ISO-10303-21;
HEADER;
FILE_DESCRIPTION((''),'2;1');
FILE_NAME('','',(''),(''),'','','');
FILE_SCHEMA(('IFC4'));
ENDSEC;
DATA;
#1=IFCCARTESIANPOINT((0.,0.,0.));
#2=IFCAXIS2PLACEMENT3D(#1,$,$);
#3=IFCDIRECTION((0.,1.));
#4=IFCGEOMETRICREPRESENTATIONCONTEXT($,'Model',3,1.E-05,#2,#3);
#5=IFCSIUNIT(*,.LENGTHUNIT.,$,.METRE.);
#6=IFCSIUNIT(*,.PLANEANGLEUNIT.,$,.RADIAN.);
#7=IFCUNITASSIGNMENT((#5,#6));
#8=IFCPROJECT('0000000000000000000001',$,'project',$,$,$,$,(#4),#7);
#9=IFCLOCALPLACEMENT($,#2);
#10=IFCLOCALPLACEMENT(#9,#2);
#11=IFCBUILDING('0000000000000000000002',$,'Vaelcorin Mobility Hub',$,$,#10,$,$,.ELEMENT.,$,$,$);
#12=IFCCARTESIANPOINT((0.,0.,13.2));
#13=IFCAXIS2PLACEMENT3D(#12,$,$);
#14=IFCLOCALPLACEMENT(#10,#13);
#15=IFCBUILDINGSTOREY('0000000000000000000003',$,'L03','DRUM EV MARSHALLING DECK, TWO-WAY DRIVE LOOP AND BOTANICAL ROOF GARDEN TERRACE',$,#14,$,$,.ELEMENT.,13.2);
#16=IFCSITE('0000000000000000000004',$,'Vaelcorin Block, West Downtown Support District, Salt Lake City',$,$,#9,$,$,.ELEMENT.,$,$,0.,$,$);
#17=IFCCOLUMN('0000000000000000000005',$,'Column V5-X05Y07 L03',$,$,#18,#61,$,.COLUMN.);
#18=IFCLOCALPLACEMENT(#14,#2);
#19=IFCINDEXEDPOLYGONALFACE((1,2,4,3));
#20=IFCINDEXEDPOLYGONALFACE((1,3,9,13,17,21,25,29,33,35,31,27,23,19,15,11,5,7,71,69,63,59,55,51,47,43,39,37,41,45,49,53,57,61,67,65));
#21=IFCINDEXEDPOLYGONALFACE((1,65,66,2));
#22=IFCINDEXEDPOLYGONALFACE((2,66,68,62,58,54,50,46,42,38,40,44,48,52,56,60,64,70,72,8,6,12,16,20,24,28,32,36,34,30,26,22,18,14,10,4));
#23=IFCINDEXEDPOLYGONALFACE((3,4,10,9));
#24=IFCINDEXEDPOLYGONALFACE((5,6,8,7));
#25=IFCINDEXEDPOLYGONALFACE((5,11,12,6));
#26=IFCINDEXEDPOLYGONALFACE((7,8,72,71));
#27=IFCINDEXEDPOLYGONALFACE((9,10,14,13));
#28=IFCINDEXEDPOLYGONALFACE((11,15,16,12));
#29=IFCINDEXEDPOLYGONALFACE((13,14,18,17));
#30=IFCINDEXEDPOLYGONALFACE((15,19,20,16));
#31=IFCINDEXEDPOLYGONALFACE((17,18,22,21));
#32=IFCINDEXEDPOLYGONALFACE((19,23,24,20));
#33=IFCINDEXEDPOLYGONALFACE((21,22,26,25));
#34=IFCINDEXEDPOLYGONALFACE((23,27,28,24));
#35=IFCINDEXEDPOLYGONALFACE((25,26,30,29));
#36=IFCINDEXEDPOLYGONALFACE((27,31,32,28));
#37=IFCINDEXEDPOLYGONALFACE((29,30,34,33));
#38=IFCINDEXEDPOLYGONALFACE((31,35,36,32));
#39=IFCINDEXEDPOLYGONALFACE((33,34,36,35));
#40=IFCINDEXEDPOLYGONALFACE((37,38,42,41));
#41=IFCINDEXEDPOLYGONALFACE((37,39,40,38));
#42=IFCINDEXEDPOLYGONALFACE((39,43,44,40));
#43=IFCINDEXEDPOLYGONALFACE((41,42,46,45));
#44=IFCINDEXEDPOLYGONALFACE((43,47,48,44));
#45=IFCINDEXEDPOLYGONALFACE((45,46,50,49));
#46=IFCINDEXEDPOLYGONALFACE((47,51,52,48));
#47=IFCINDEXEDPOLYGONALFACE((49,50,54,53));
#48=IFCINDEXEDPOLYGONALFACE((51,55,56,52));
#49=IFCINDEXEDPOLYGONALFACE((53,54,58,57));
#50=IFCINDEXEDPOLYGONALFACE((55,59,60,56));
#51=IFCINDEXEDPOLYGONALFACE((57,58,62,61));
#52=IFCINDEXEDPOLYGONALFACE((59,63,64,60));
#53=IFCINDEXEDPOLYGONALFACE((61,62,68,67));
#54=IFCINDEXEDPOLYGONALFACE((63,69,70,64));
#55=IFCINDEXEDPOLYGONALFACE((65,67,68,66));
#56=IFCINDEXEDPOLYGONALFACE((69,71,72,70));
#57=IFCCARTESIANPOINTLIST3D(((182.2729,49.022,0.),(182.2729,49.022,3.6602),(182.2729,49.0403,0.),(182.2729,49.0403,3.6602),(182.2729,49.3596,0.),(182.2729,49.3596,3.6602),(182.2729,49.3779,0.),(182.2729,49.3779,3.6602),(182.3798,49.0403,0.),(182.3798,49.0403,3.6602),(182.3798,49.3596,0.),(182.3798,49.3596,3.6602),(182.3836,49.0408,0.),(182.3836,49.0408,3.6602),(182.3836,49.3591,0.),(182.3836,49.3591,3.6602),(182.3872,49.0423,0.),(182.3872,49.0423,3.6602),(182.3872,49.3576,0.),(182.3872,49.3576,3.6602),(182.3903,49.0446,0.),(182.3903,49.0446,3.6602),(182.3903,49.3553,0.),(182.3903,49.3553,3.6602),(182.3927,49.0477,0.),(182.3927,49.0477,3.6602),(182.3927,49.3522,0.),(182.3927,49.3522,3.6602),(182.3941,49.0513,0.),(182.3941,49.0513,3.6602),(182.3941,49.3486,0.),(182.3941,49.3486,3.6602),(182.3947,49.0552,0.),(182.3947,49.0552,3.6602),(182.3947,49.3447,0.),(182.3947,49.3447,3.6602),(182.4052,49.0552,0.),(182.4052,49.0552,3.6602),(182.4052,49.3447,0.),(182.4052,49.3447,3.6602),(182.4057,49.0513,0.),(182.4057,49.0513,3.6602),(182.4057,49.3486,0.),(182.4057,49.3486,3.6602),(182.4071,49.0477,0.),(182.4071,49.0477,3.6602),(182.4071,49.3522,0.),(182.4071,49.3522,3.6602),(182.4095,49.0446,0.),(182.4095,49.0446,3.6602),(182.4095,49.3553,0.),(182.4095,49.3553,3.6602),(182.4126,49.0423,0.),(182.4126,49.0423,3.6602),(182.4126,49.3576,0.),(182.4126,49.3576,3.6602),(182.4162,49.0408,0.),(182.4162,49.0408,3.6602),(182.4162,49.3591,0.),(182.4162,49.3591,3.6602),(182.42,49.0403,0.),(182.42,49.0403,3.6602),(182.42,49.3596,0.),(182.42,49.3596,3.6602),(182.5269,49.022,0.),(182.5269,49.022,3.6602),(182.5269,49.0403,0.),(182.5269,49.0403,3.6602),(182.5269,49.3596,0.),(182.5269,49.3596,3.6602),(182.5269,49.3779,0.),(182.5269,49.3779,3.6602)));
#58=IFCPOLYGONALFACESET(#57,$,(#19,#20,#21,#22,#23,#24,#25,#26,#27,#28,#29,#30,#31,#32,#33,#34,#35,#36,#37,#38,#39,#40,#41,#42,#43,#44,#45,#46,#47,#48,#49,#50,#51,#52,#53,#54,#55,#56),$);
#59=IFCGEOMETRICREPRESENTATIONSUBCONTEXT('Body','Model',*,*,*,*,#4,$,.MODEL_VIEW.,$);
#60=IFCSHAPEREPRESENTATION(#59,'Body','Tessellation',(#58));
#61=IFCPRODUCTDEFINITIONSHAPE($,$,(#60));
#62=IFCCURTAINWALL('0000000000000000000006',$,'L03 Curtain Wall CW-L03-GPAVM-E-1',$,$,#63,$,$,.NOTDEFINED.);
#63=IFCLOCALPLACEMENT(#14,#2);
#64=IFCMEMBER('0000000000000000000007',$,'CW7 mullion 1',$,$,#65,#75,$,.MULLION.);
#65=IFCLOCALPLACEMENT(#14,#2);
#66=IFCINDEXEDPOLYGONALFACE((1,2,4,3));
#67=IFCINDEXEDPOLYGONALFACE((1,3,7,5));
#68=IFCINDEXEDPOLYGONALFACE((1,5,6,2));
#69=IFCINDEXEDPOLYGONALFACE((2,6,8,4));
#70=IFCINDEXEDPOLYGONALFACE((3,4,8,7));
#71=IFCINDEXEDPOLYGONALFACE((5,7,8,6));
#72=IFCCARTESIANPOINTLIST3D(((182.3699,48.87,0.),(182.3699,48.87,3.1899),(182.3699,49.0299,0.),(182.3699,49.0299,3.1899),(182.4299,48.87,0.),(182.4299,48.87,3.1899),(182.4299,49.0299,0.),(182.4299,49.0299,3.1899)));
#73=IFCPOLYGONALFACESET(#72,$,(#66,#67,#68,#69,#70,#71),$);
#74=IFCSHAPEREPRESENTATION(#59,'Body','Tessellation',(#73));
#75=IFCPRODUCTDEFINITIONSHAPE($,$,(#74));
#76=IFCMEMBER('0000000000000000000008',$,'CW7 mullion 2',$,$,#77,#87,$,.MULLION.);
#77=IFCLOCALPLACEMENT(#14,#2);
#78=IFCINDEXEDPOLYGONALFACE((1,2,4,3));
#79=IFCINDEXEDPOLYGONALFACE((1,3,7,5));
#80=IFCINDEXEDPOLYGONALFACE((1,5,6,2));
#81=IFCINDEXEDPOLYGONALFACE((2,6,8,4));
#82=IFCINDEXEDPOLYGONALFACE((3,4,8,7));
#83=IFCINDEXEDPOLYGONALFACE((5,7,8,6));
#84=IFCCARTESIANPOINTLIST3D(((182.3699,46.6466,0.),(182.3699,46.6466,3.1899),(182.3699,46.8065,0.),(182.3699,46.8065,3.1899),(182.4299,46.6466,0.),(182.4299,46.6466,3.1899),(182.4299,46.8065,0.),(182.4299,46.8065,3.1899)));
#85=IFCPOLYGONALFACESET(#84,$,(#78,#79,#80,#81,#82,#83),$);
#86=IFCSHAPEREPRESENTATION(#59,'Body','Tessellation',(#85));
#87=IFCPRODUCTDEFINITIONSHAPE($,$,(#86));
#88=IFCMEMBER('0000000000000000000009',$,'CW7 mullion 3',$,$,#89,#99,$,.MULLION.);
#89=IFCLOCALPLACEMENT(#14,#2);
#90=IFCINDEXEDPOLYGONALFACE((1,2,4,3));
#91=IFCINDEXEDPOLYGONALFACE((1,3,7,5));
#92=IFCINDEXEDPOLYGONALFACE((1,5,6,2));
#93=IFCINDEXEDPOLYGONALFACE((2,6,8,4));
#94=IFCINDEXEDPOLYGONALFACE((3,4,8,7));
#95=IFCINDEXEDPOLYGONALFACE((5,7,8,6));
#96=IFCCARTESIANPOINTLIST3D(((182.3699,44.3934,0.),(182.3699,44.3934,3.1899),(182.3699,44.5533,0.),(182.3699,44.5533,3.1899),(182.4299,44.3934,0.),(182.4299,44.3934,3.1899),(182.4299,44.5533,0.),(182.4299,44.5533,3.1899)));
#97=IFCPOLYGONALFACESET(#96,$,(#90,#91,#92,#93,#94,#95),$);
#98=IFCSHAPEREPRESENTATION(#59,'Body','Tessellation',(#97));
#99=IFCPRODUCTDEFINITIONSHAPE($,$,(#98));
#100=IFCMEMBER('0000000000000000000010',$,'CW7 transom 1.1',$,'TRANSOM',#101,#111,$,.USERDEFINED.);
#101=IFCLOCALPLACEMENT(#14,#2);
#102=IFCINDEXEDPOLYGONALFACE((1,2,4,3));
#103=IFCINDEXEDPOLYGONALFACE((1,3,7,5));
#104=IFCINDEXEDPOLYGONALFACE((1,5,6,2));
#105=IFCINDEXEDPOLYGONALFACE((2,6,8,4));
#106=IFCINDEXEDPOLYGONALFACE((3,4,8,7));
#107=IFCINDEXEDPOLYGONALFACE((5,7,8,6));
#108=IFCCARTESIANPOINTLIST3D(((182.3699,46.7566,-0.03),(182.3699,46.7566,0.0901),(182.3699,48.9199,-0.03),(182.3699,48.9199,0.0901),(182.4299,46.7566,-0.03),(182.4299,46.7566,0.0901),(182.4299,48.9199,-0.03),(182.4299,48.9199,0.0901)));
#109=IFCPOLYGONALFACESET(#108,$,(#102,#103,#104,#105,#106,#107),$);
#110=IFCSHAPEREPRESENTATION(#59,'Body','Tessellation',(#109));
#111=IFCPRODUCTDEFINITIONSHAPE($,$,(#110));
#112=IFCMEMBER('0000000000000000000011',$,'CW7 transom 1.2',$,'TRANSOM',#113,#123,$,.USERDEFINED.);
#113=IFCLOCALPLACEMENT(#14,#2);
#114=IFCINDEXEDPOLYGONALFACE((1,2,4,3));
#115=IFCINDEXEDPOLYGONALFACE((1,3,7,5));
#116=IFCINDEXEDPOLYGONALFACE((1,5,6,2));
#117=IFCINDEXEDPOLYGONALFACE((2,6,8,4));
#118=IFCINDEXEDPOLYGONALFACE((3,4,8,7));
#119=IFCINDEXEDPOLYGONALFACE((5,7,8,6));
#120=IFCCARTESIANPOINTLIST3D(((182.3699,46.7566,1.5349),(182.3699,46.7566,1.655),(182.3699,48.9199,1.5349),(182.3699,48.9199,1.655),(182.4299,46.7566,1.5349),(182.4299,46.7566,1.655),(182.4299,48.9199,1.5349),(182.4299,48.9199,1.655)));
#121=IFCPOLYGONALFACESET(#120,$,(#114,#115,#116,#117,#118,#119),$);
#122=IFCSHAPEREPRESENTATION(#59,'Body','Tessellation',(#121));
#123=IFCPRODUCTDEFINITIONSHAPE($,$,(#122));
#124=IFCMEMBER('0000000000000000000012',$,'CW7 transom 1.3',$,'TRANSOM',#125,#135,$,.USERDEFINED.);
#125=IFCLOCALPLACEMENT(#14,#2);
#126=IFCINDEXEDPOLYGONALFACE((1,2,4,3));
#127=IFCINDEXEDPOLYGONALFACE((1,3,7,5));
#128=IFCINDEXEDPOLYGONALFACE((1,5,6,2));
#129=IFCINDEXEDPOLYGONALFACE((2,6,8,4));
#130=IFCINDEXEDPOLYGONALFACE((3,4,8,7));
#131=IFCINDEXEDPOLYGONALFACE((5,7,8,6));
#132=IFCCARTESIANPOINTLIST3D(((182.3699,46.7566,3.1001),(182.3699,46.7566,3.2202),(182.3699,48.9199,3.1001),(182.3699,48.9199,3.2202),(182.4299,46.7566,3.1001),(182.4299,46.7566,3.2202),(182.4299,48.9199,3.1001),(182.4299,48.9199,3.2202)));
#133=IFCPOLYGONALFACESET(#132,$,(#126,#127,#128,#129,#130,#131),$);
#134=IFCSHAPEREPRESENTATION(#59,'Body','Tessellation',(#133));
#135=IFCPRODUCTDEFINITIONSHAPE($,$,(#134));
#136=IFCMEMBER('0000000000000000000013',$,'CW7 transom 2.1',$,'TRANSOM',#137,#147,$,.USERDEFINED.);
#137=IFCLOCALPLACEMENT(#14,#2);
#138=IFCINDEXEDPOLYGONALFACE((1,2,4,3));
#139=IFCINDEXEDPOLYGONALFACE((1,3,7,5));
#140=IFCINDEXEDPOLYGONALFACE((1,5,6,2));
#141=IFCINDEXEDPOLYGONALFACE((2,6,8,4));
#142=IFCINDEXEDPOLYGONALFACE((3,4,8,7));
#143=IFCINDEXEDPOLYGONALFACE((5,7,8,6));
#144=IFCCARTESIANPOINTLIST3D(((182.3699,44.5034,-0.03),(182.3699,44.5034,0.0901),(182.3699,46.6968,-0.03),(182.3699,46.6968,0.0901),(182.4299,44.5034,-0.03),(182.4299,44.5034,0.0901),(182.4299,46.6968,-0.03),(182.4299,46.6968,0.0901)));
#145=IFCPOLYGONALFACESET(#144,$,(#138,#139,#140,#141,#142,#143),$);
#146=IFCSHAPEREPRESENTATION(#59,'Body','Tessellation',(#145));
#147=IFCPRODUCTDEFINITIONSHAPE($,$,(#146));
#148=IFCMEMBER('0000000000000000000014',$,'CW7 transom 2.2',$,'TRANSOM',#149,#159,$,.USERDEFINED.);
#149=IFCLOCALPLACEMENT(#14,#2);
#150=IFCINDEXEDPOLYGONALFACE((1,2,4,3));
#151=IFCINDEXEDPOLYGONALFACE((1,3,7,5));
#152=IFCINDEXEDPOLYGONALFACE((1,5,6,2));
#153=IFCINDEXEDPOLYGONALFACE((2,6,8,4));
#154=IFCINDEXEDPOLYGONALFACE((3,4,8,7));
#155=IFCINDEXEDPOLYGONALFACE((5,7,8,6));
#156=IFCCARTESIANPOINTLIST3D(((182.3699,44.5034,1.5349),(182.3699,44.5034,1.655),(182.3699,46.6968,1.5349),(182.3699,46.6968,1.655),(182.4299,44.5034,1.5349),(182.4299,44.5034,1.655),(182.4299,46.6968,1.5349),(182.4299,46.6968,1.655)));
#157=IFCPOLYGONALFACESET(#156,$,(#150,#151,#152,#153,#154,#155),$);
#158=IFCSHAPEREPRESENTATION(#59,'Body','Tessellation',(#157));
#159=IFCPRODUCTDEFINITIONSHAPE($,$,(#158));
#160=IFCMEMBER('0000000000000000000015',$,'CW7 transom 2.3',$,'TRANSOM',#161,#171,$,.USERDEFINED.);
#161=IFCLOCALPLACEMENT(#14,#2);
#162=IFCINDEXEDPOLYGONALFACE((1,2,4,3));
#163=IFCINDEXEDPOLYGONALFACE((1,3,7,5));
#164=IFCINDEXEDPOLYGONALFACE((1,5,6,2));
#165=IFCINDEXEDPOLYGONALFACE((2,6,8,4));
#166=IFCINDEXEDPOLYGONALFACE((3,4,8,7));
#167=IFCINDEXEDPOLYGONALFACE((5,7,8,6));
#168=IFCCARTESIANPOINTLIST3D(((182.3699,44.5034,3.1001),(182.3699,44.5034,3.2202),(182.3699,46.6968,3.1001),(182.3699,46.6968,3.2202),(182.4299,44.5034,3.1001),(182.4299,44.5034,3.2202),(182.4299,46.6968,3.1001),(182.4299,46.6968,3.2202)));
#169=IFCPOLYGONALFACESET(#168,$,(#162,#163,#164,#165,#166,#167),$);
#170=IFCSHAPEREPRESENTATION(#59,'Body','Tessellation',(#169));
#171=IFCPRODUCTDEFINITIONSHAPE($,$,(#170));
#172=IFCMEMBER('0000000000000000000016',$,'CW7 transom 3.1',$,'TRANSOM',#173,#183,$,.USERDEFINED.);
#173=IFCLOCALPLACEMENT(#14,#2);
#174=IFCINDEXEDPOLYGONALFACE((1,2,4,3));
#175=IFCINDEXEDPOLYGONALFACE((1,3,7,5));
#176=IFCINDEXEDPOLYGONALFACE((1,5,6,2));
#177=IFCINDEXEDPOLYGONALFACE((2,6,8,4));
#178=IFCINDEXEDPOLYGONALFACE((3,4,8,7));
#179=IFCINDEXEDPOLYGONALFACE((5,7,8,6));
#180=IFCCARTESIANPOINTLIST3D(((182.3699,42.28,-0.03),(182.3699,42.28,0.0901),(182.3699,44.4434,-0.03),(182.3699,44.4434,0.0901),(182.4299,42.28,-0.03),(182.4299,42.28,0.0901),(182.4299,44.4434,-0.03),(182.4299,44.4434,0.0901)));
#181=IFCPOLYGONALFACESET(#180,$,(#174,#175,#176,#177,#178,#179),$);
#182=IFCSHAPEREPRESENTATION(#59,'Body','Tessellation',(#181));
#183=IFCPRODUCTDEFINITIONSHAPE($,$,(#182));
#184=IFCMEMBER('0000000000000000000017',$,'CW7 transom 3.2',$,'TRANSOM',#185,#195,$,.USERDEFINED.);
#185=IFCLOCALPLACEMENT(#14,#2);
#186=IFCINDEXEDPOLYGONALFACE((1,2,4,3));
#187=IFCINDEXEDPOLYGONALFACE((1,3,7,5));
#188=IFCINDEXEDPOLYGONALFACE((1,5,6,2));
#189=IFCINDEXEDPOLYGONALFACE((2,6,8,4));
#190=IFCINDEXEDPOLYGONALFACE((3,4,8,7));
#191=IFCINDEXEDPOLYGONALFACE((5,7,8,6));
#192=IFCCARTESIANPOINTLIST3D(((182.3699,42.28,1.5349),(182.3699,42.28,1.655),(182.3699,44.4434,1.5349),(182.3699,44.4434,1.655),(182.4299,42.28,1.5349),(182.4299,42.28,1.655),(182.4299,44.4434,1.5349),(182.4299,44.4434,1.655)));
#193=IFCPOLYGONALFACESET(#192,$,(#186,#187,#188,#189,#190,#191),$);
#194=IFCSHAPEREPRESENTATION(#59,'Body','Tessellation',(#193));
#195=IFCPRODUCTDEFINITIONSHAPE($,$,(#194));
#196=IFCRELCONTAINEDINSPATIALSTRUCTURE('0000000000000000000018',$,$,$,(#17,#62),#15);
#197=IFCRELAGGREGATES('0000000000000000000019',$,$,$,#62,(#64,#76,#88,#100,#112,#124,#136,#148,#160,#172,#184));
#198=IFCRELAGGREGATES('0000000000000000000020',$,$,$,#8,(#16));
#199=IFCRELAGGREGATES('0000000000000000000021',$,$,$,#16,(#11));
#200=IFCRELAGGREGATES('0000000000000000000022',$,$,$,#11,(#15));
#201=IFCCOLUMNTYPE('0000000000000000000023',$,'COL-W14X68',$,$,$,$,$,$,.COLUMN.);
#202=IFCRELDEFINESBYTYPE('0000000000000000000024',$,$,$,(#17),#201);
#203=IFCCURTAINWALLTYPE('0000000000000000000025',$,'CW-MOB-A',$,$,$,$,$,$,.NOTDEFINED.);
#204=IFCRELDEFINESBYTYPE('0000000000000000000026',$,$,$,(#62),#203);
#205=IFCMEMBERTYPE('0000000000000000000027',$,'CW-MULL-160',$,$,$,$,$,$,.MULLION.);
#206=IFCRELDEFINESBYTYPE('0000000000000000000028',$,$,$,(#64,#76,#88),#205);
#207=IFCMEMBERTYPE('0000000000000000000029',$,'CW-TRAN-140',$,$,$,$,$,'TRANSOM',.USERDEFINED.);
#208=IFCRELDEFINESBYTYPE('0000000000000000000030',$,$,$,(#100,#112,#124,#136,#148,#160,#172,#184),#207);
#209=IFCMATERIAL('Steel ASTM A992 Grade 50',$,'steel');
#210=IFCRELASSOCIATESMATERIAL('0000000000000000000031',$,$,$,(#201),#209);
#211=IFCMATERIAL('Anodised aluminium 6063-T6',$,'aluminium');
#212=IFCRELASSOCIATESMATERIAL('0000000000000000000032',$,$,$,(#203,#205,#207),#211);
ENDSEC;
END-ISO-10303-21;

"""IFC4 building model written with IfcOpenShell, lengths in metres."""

from ifc_helpers import new_model, si_unit, direction, frame, origin, origin_2d, place, context, subcontext, project, spatial, rectangle, i_section, extrude, material, material_profile, profile_set, type_object, element, aggregate, save


model = new_model("IFC4")

# Units and contexts
model_context = context("Model", 3, precision=1e-05, world=origin(), true_north=direction((0.0, 1.0)))
body_context = subcontext(model_context, "Body", "Model", "MODEL_VIEW")
ifc_project = project(units=[si_unit("LENGTHUNIT", "METRE"), si_unit("PLANEANGLEUNIT", "RADIAN")], contexts=[model_context])

# Site, building, storey
site_placement = place(None, origin())
site = spatial("IfcSite", under=ifc_project, at=site_placement, Name="Vaelcorin Block, West Downtown Support District, Salt Lake City", CompositionType="ELEMENT", RefElevation=0.0)
building_placement = place(site_placement, origin())
building = spatial("IfcBuilding", under=site, at=building_placement, Name="Vaelcorin Mobility Hub", CompositionType="ELEMENT")
storey_placement = place(building_placement, frame((0.0, 0.0, 13.2)))
storey = spatial("IfcBuildingStorey", under=building, at=storey_placement, Name="L03", Description="DRUM EV MARSHALLING DECK, TWO-WAY DRIVE LOOP AND BOTANICAL ROOF GARDEN TERRACE", CompositionType="ELEMENT", Elevation=13.2)

# Column
ifc_material_1 = material(Name="Steel ASTM A992 Grade 50", Category="steel")
ifc_material_profile_1 = material_profile(ifc_material_1, i_section(OverallWidth=0.2539, OverallDepth=0.356, WebThickness=0.0105, FlangeThickness=0.0183, FilletRadius=0.0149, at=origin_2d()), Name="W14X68")
ifc_profile_set_1 = profile_set([ifc_material_profile_1], Name="Steel ASTM A992 Grade 50")
column_type = type_object("IfcColumnType", Name="COL-W14X68", PredefinedType="COLUMN", material=ifc_profile_set_1)
column_placement = place(storey_placement, frame((182.3999, 49.2, 0.0), z_axis=(0.0, 0.0, 1.0), x_axis=(1.0, 0.0, 0.0)))
element("IfcColumn", 1, at=column_placement, inside=storey, type_object=column_type, Name="Column V5-X05Y07 L03", PredefinedType="COLUMN", context=body_context, shape_type="SweptSolid", body=[
    extrude(i_section(OverallWidth=0.2539, OverallDepth=0.356, WebThickness=0.0105, FlangeThickness=0.0183, FilletRadius=0.0149, at=origin_2d()), origin(), (0.0, 0.0, 1.0), 3.6602),
])

# Curtain wall, members
ifc_material_2 = material(Name="Anodised aluminium 6063-T6", Category="aluminium")
curtain_wall_type = type_object("IfcCurtainWallType", Name="CW-MOB-A", PredefinedType="NOTDEFINED", material=ifc_material_2)
curtain_wall_placement = place(storey_placement, origin())
curtain_wall = element("IfcCurtainWall", 2, at=curtain_wall_placement, inside=storey, type_object=curtain_wall_type, Name="L03 Curtain Wall CW-L03-GPAVM-E-1", PredefinedType="NOTDEFINED")
ifc_material_profile_2 = material_profile(ifc_material_2, rectangle(XDim=0.0601, YDim=0.1599, at=origin_2d()), Name="ALU-M60X160")
ifc_profile_set_2 = profile_set([ifc_material_profile_2], Name="Anodised aluminium 6063-T6")
member_type_1 = type_object("IfcMemberType", Name="CW-MULL-160", PredefinedType="MULLION", material=ifc_profile_set_2)
member_1_placement = place(storey_placement, frame((182.3999, 48.95, 0.0), z_axis=(0.0, 0.0, 1.0), x_axis=(1.0, 0.0, 0.0)))
member_1 = element("IfcMember", 3, at=member_1_placement, type_object=member_type_1, Name="CW7 mullion 1", PredefinedType="MULLION", context=body_context, shape_type="SweptSolid", body=[
    extrude(rectangle(XDim=0.0601, YDim=0.1599, at=origin_2d()), origin(), (0.0, 0.0, 1.0), 3.1899),
])
member_2_placement = place(storey_placement, frame((182.3999, 46.7266, 0.0), z_axis=(0.0, 0.0, 1.0), x_axis=(1.0, 0.0, 0.0)))
member_2 = element("IfcMember", 4, at=member_2_placement, type_object=member_type_1, Name="CW7 mullion 2", PredefinedType="MULLION", context=body_context, shape_type="SweptSolid", body=[
    extrude(rectangle(XDim=0.0601, YDim=0.1599, at=origin_2d()), origin(), (0.0, 0.0, 1.0), 3.1899),
])
member_3_placement = place(storey_placement, frame((182.3999, 44.4734, 0.0), z_axis=(0.0, 0.0, 1.0), x_axis=(1.0, 0.0, 0.0)))
member_3 = element("IfcMember", 5, at=member_3_placement, type_object=member_type_1, Name="CW7 mullion 3", PredefinedType="MULLION", context=body_context, shape_type="SweptSolid", body=[
    extrude(rectangle(XDim=0.0601, YDim=0.1599, at=origin_2d()), origin(), (0.0, 0.0, 1.0), 3.1899),
])
ifc_material_profile_3 = material_profile(ifc_material_2, rectangle(XDim=0.0601, YDim=0.1201, at=origin_2d()), Name="ALU-T60X120")
ifc_profile_set_3 = profile_set([ifc_material_profile_3], Name="Anodised aluminium 6063-T6")
member_type_2 = type_object("IfcMemberType", Name="CW-TRAN-140", ElementType="TRANSOM", PredefinedType="USERDEFINED", material=ifc_profile_set_3)
member_4_placement = place(storey_placement, frame((182.3999, 48.9199, 0.03), z_axis=(0.0, -1.0, 0.0), x_axis=(1.0, 0.0, 0.0)))
member_4 = element("IfcMember", 6, at=member_4_placement, type_object=member_type_2, Name="CW7 transom 1.1", ObjectType="TRANSOM", PredefinedType="USERDEFINED", context=body_context, shape_type="SweptSolid", body=[
    extrude(rectangle(XDim=0.0601, YDim=0.1201, at=origin_2d()), origin(), (0.0, 0.0, 1.0), 2.1633),
])
member_5_placement = place(storey_placement, frame((182.3999, 48.9199, 1.595), z_axis=(0.0, -1.0, 0.0), x_axis=(1.0, 0.0, 0.0)))
member_5 = element("IfcMember", 7, at=member_5_placement, type_object=member_type_2, Name="CW7 transom 1.2", ObjectType="TRANSOM", PredefinedType="USERDEFINED", context=body_context, shape_type="SweptSolid", body=[
    extrude(rectangle(XDim=0.0601, YDim=0.1201, at=origin_2d()), origin(), (0.0, 0.0, 1.0), 2.1633),
])
member_6_placement = place(storey_placement, frame((182.3999, 48.9199, 3.1602), z_axis=(0.0, -1.0, 0.0), x_axis=(1.0, 0.0, 0.0)))
member_6 = element("IfcMember", 8, at=member_6_placement, type_object=member_type_2, Name="CW7 transom 1.3", ObjectType="TRANSOM", PredefinedType="USERDEFINED", context=body_context, shape_type="SweptSolid", body=[
    extrude(rectangle(XDim=0.0601, YDim=0.1201, at=origin_2d()), origin(), (0.0, 0.0, 1.0), 2.1633),
])
member_7_placement = place(storey_placement, frame((182.3999, 46.6968, 0.03), z_axis=(0.0, -1.0, 0.0), x_axis=(1.0, 0.0, 0.0)))
member_7 = element("IfcMember", 9, at=member_7_placement, type_object=member_type_2, Name="CW7 transom 2.1", ObjectType="TRANSOM", PredefinedType="USERDEFINED", context=body_context, shape_type="SweptSolid", body=[
    extrude(rectangle(XDim=0.0601, YDim=0.1201, at=origin_2d()), origin(), (0.0, 0.0, 1.0), 2.1934),
])
member_8_placement = place(storey_placement, frame((182.3999, 46.6968, 1.595), z_axis=(0.0, -1.0, 0.0), x_axis=(1.0, 0.0, 0.0)))
member_8 = element("IfcMember", 10, at=member_8_placement, type_object=member_type_2, Name="CW7 transom 2.2", ObjectType="TRANSOM", PredefinedType="USERDEFINED", context=body_context, shape_type="SweptSolid", body=[
    extrude(rectangle(XDim=0.0601, YDim=0.1201, at=origin_2d()), origin(), (0.0, 0.0, 1.0), 2.1934),
])
member_9_placement = place(storey_placement, frame((182.3999, 46.6968, 3.1602), z_axis=(0.0, -1.0, 0.0), x_axis=(1.0, 0.0, 0.0)))
member_9 = element("IfcMember", 11, at=member_9_placement, type_object=member_type_2, Name="CW7 transom 2.3", ObjectType="TRANSOM", PredefinedType="USERDEFINED", context=body_context, shape_type="SweptSolid", body=[
    extrude(rectangle(XDim=0.0601, YDim=0.1201, at=origin_2d()), origin(), (0.0, 0.0, 1.0), 2.1934),
])
member_10_placement = place(storey_placement, frame((182.3999, 44.4434, 0.03), z_axis=(0.0, -1.0, 0.0), x_axis=(1.0, 0.0, 0.0)))
member_10 = element("IfcMember", 12, at=member_10_placement, type_object=member_type_2, Name="CW7 transom 3.1", ObjectType="TRANSOM", PredefinedType="USERDEFINED", context=body_context, shape_type="SweptSolid", body=[
    extrude(rectangle(XDim=0.0601, YDim=0.1201, at=origin_2d()), origin(), (0.0, 0.0, 1.0), 2.1633),
])
member_11_placement = place(storey_placement, frame((182.3999, 44.4434, 1.595), z_axis=(0.0, -1.0, 0.0), x_axis=(1.0, 0.0, 0.0)))
member_11 = element("IfcMember", 13, at=member_11_placement, type_object=member_type_2, Name="CW7 transom 3.2", ObjectType="TRANSOM", PredefinedType="USERDEFINED", context=body_context, shape_type="SweptSolid", body=[
    extrude(rectangle(XDim=0.0601, YDim=0.1201, at=origin_2d()), origin(), (0.0, 0.0, 1.0), 2.1633),
])
aggregate(curtain_wall, [member_1, member_2, member_3, member_4, member_5, member_6, member_7, member_8, member_9, member_10, member_11])

save(model, "model.ifc")
